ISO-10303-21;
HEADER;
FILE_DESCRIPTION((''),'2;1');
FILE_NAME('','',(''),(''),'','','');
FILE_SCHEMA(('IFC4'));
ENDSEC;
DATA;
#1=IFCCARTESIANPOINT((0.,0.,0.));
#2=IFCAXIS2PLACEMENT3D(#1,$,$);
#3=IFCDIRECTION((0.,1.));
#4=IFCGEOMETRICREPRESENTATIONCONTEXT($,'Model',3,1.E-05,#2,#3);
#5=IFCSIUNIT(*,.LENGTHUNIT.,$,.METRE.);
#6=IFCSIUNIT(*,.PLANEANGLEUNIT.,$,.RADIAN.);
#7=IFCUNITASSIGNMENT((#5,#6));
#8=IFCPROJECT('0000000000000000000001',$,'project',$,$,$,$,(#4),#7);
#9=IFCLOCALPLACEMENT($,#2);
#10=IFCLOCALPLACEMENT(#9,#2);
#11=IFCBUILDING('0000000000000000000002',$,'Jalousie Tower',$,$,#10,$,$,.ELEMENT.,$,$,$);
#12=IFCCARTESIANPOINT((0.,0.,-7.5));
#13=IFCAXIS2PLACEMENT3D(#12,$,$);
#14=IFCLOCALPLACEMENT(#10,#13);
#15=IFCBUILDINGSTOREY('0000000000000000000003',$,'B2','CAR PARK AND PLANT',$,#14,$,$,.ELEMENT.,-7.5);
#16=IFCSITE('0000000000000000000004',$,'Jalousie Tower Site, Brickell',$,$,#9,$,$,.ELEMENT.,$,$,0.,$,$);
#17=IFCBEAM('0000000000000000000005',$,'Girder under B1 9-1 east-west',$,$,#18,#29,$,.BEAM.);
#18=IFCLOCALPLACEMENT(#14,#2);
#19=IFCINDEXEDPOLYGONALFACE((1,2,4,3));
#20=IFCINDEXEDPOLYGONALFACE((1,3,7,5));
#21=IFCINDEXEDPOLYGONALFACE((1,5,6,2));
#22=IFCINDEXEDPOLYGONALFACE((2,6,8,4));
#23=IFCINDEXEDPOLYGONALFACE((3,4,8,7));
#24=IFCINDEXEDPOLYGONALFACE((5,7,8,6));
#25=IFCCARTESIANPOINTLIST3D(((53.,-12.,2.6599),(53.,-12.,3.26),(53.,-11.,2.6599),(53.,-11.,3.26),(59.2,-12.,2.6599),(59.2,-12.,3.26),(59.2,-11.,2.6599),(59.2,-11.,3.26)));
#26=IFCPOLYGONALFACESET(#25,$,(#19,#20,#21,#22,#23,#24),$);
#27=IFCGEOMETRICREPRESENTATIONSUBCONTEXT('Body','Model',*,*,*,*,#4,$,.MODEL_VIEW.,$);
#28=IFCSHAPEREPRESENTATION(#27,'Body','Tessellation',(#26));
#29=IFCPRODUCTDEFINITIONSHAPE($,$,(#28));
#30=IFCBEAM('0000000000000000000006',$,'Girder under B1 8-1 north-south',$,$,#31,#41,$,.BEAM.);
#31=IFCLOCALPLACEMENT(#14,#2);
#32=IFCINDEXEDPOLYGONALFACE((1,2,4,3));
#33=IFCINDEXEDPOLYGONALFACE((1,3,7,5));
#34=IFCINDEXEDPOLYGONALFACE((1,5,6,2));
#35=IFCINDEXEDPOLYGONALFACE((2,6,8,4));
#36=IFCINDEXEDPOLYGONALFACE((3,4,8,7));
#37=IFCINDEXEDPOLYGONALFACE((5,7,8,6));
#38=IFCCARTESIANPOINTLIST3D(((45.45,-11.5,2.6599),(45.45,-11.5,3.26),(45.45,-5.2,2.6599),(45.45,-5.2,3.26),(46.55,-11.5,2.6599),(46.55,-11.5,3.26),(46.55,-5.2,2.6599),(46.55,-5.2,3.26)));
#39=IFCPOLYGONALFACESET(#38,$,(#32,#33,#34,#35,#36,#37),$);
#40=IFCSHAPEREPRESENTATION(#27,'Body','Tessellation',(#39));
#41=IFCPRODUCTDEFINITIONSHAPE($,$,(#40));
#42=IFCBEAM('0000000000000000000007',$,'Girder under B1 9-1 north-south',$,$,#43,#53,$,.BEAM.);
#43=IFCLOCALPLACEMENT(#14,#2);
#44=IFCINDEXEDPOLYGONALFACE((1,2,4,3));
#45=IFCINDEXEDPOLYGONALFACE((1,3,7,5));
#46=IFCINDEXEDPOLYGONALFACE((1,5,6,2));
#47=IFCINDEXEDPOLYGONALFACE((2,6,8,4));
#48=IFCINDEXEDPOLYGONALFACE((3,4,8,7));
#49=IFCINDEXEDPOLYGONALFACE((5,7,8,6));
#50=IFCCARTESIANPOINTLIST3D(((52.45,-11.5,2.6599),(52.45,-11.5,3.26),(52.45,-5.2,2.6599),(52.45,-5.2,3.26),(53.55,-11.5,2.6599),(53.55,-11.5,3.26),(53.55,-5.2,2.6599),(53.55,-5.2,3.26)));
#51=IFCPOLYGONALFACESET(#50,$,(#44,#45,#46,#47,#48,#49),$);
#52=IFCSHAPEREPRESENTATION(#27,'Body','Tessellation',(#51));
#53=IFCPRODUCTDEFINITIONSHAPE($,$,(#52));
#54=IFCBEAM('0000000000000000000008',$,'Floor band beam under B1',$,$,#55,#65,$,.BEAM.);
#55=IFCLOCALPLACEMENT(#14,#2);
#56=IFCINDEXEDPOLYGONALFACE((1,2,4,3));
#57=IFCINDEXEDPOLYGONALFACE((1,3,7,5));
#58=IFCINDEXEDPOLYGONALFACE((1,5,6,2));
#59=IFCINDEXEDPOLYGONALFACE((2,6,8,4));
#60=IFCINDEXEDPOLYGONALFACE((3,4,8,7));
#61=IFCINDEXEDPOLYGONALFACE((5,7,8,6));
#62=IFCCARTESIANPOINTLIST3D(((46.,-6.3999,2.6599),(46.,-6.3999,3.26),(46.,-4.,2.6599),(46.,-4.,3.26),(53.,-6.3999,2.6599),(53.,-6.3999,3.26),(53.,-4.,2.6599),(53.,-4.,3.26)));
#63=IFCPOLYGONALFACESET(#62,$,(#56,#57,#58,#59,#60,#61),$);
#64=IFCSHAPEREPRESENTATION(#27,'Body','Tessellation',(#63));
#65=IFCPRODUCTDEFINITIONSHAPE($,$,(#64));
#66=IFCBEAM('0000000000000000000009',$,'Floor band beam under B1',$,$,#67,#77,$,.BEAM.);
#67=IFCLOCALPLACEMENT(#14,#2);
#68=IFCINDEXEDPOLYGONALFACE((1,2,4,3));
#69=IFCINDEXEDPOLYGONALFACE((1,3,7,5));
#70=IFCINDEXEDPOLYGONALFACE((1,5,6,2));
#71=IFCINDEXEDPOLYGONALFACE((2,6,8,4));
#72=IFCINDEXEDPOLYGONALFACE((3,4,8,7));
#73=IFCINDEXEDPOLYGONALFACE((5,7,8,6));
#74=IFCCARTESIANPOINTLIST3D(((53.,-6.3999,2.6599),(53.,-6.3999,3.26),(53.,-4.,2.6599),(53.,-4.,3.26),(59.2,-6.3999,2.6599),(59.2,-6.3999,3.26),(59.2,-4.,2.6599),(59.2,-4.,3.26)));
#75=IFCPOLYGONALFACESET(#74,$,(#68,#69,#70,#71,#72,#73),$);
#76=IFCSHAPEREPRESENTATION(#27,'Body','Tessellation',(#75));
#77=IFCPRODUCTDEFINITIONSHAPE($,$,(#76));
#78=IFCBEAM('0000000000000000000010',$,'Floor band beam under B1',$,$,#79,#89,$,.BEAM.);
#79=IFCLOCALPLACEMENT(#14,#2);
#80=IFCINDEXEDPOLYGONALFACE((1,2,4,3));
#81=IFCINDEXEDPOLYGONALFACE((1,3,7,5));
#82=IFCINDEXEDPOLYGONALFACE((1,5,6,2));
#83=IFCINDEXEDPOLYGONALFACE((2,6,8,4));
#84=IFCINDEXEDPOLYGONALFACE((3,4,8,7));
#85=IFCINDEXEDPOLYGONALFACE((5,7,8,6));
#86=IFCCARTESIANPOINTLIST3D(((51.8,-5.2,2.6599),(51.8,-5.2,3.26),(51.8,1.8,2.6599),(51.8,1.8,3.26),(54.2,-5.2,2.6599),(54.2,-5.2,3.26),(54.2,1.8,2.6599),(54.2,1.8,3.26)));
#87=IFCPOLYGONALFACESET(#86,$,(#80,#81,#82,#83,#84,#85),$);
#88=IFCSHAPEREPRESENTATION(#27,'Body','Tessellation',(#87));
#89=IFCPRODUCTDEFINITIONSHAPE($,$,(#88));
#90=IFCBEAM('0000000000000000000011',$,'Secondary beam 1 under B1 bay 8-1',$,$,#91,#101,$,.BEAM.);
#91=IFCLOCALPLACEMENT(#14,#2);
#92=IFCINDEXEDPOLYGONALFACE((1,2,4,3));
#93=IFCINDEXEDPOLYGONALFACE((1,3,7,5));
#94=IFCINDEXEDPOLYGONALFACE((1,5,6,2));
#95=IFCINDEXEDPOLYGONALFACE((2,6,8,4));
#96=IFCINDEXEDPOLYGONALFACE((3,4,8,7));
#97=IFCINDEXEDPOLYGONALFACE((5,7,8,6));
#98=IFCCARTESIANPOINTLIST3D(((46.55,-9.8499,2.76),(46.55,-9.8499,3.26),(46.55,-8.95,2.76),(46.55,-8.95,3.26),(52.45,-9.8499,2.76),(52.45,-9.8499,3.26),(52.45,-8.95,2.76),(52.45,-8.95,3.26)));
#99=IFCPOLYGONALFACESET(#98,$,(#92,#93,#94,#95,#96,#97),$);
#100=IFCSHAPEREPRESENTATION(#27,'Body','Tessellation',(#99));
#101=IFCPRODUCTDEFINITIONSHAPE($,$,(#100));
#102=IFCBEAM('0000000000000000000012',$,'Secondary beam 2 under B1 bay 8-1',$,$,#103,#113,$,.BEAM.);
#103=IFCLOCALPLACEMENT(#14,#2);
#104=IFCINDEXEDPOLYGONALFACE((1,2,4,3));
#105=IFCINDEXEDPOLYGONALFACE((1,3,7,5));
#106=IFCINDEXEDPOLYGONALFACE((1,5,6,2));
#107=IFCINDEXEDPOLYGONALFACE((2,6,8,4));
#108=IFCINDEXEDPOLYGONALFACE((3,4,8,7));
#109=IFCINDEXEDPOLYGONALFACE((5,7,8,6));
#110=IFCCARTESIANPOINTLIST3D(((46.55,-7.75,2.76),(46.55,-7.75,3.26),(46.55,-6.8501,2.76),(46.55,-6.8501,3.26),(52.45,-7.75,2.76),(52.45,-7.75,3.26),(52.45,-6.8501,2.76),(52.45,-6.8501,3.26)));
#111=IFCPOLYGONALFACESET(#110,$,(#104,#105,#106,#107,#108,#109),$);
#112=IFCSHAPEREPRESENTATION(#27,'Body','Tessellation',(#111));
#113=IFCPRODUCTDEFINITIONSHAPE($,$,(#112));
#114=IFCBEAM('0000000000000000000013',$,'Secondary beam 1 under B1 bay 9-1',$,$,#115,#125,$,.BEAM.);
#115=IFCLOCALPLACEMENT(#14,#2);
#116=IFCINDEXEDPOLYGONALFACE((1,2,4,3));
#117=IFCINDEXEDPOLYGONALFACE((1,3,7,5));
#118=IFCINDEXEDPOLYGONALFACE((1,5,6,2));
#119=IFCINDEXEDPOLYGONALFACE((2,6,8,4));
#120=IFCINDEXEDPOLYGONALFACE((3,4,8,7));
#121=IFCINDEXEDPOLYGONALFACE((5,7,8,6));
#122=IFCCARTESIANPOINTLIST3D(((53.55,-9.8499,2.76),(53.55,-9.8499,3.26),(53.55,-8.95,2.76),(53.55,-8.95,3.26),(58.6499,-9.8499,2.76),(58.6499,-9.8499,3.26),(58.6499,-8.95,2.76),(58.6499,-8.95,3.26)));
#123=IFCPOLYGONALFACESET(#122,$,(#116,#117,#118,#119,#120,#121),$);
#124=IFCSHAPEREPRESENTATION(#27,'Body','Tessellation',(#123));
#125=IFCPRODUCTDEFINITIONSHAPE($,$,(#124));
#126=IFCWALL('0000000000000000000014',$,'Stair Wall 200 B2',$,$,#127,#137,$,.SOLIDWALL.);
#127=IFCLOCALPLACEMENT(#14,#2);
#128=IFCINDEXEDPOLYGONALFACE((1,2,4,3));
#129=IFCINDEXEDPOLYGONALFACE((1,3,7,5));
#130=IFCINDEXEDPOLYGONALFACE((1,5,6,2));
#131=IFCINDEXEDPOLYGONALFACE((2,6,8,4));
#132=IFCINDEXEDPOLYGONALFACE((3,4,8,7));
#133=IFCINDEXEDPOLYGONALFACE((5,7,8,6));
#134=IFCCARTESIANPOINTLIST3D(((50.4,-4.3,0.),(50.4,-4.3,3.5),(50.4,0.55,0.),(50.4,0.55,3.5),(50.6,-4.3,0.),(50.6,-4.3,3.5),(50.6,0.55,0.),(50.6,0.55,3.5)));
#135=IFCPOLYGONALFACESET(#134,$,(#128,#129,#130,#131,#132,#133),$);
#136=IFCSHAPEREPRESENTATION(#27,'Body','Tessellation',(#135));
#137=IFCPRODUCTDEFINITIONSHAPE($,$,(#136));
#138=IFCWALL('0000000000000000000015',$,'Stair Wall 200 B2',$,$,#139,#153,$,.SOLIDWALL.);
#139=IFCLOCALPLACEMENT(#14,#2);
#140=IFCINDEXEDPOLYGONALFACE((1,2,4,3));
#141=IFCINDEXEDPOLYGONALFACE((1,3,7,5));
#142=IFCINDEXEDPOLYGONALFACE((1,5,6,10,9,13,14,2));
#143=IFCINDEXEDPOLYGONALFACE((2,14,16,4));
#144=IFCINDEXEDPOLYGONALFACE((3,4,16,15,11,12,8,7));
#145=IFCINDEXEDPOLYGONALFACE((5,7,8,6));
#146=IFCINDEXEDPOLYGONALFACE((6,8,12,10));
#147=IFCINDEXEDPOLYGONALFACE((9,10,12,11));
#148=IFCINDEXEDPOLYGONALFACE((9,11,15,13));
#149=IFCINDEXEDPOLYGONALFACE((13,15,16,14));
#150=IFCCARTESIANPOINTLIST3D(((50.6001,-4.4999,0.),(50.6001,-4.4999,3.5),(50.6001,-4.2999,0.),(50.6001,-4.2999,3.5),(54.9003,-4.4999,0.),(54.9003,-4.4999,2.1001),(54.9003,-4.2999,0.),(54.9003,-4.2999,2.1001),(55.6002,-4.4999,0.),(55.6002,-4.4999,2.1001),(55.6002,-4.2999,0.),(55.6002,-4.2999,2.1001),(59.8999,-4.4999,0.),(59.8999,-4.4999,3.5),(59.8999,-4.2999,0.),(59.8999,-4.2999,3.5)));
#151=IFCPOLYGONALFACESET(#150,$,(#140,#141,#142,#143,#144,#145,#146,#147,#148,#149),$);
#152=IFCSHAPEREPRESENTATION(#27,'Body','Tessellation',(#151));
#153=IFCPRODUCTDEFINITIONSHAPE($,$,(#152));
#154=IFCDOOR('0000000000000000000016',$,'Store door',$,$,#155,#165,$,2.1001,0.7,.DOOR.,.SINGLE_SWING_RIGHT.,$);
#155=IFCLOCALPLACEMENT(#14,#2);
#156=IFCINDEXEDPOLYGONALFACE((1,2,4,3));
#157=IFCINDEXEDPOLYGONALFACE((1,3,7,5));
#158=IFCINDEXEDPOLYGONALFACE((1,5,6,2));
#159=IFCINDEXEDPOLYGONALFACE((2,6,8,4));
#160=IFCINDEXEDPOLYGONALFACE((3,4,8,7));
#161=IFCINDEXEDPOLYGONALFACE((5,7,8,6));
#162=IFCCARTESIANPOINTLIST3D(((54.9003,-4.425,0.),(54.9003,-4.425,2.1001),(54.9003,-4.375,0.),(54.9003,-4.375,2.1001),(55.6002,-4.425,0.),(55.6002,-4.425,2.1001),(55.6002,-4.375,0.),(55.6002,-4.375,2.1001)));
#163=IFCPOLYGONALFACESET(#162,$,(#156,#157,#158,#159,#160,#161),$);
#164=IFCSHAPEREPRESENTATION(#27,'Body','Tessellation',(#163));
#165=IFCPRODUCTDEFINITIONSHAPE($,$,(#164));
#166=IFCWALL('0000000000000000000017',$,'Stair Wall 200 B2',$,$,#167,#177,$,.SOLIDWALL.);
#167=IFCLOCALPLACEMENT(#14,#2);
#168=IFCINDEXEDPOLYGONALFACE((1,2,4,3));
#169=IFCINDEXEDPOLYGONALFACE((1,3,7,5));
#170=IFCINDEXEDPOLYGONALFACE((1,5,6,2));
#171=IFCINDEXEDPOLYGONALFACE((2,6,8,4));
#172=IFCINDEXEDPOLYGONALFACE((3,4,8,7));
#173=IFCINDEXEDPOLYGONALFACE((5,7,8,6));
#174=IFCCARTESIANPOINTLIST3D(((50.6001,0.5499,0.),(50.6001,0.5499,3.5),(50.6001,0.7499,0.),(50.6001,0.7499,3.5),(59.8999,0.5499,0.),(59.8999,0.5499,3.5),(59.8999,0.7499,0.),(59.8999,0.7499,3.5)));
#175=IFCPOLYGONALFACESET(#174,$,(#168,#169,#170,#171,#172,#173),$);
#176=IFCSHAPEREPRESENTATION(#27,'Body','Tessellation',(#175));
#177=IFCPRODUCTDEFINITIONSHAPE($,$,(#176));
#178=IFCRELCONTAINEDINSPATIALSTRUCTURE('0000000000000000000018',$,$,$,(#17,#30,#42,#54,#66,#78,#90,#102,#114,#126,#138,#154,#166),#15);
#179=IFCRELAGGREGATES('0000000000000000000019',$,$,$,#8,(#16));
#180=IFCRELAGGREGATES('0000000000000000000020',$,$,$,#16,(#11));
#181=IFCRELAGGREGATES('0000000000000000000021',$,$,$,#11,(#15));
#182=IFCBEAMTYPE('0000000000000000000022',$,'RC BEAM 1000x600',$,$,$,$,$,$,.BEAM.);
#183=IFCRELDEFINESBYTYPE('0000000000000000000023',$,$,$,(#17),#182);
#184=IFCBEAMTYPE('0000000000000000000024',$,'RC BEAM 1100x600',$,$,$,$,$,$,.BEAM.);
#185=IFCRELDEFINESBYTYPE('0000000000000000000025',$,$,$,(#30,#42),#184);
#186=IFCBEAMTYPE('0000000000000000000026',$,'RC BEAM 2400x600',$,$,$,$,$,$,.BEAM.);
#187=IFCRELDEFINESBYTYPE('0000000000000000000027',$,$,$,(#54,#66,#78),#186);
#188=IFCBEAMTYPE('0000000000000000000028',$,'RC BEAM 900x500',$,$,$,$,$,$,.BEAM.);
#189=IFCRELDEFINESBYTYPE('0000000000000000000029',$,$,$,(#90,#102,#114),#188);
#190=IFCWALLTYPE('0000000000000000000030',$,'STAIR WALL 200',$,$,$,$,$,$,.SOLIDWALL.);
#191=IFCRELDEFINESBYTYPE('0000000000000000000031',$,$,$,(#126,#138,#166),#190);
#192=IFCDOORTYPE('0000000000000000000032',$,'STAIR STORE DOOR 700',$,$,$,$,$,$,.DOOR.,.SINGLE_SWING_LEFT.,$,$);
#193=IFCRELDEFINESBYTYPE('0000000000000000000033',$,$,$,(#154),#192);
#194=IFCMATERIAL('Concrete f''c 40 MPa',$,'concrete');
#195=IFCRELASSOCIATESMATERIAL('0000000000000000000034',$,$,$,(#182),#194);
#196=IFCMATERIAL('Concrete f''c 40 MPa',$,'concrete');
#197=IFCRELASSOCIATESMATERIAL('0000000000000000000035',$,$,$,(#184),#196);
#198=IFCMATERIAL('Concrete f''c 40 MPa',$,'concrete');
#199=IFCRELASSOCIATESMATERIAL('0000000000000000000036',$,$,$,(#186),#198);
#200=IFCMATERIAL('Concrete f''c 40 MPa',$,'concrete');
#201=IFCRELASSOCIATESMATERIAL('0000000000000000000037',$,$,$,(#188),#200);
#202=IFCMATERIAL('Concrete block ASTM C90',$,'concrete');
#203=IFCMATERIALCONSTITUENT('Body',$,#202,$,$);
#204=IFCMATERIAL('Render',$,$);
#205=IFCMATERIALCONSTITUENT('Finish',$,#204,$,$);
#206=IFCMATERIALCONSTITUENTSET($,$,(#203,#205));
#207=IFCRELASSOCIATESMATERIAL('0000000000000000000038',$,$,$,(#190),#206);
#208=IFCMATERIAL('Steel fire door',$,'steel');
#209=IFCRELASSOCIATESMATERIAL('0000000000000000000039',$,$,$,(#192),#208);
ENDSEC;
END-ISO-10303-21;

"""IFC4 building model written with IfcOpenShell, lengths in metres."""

from ifc_helpers import new_model, si_unit, direction, frame, frame_2d, origin, origin_2d, place, context, subcontext, project, spatial, rectangle, extrude, material, constituent, constituent_set, material_profile, profile_set, type_object, element, fill, save


model = new_model("IFC4")

# Units and contexts
model_context = context("Model", 3, precision=1e-05, world=origin(), true_north=direction((0.0, 1.0)))
body_context = subcontext(model_context, "Body", "Model", "MODEL_VIEW")
ifc_project = project(units=[si_unit("LENGTHUNIT", "METRE"), si_unit("PLANEANGLEUNIT", "RADIAN")], contexts=[model_context])

# Site, building, storey
site_placement = place(None, origin())
site = spatial("IfcSite", under=ifc_project, at=site_placement, Name="Jalousie Tower Site, Brickell", CompositionType="ELEMENT", RefElevation=0.0)
building_placement = place(site_placement, origin())
building = spatial("IfcBuilding", under=site, at=building_placement, Name="Jalousie Tower", CompositionType="ELEMENT")
storey_placement = place(building_placement, frame((0.0, 0.0, -7.5)))
storey = spatial("IfcBuildingStorey", under=building, at=storey_placement, Name="B2", Description="CAR PARK AND PLANT", CompositionType="ELEMENT", Elevation=-7.5)

# Beams
ifc_material_1 = material(Name="Concrete f'c 40 MPa", Category="concrete")
ifc_material_profile_1 = material_profile(ifc_material_1, rectangle(XDim=1.0, YDim=0.6001, at=origin_2d()), Name="RC 1000x600")
ifc_profile_set_1 = profile_set([ifc_material_profile_1], Name="Concrete f'c 40 MPa")
beam_type_1 = type_object("IfcBeamType", Name="RC BEAM 1000x600", PredefinedType="BEAM", material=ifc_profile_set_1)
beam_1_placement = place(storey_placement, frame((53.0, -11.5, 2.96), z_axis=(1.0, 0.0, 0.0), x_axis=(0.0, 1.0, 0.0)))
element("IfcBeam", 1, at=beam_1_placement, inside=storey, type_object=beam_type_1, Name="Girder under B1 9-1 east-west", PredefinedType="BEAM", context=body_context, shape_type="SweptSolid", body=[
    extrude(rectangle(XDim=1.0, YDim=0.6001, at=origin_2d()), origin(), (0.0, 0.0, 1.0), 6.2),
])
ifc_material_2 = material(Name="Concrete f'c 40 MPa", Category="concrete")
ifc_material_profile_2 = material_profile(ifc_material_2, rectangle(XDim=1.1001, YDim=0.6001, at=origin_2d()), Name="RC 1100x600")
ifc_profile_set_2 = profile_set([ifc_material_profile_2], Name="Concrete f'c 40 MPa")
beam_type_2 = type_object("IfcBeamType", Name="RC BEAM 1100x600", PredefinedType="BEAM", material=ifc_profile_set_2)
for number, where, z_axis, x_axis, name in (
    (2, (46.0, -11.5, 2.96), (0.0, 1.0, 0.0), (-1.0, 0.0, 0.0), "Girder under B1 8-1 north-south"),
    (3, (53.0, -11.5, 2.96), (0.0, 1.0, 0.0), (-1.0, 0.0, 0.0), "Girder under B1 9-1 north-south"),
):
    element("IfcBeam", number, at=place(storey_placement, frame(where, z_axis=z_axis, x_axis=x_axis)), inside=storey, type_object=beam_type_2, Name=name, PredefinedType="BEAM", context=body_context, shape_type="SweptSolid", body=[
        extrude(rectangle(XDim=1.1001, YDim=0.6001, at=origin_2d()), origin(), (0.0, 0.0, 1.0), 6.3),
    ])
ifc_material_3 = material(Name="Concrete f'c 40 MPa", Category="concrete")
ifc_material_profile_3 = material_profile(ifc_material_3, rectangle(XDim=2.3999, YDim=0.6001, at=origin_2d()), Name="RC 2400x600")
ifc_profile_set_3 = profile_set([ifc_material_profile_3], Name="Concrete f'c 40 MPa")
beam_type_3 = type_object("IfcBeamType", Name="RC BEAM 2400x600", PredefinedType="BEAM", material=ifc_profile_set_3)
beam_2_placement = place(storey_placement, frame((46.0, -5.2, 2.96), z_axis=(1.0, 0.0, 0.0), x_axis=(0.0, 1.0, 0.0)))
element("IfcBeam", 4, at=beam_2_placement, inside=storey, type_object=beam_type_3, Name="Floor band beam under B1", PredefinedType="BEAM", context=body_context, shape_type="SweptSolid", body=[
    extrude(rectangle(XDim=2.3999, YDim=0.6001, at=origin_2d()), origin(), (0.0, 0.0, 1.0), 7.0),
])
beam_3_placement = place(storey_placement, frame((53.0, -5.2, 2.96), z_axis=(1.0, 0.0, 0.0), x_axis=(0.0, 1.0, 0.0)))
element("IfcBeam", 5, at=beam_3_placement, inside=storey, type_object=beam_type_3, Name="Floor band beam under B1", PredefinedType="BEAM", context=body_context, shape_type="SweptSolid", body=[
    extrude(rectangle(XDim=2.3999, YDim=0.6001, at=origin_2d()), origin(), (0.0, 0.0, 1.0), 6.2),
])
beam_4_placement = place(storey_placement, frame((53.0, -5.2, 2.96), z_axis=(0.0, 1.0, 0.0), x_axis=(-1.0, 0.0, 0.0)))
element("IfcBeam", 6, at=beam_4_placement, inside=storey, type_object=beam_type_3, Name="Floor band beam under B1", PredefinedType="BEAM", context=body_context, shape_type="SweptSolid", body=[
    extrude(rectangle(XDim=2.3999, YDim=0.6001, at=origin_2d()), origin(), (0.0, 0.0, 1.0), 7.0),
])
ifc_material_4 = material(Name="Concrete f'c 40 MPa", Category="concrete")
ifc_material_profile_4 = material_profile(ifc_material_4, rectangle(XDim=0.8999, YDim=0.5, at=origin_2d()), Name="RC 900x500")
ifc_profile_set_4 = profile_set([ifc_material_profile_4], Name="Concrete f'c 40 MPa")
beam_type_4 = type_object("IfcBeamType", Name="RC BEAM 900x500", PredefinedType="BEAM", material=ifc_profile_set_4)
for number, where, z_axis, x_axis, name in (
    (7, (46.55, -9.3999, 3.01), (1.0, 0.0, 0.0), (0.0, 1.0, 0.0), "Secondary beam 1 under B1 bay 8-1"),
    (8, (46.55, -7.3, 3.01), (1.0, 0.0, 0.0), (0.0, 1.0, 0.0), "Secondary beam 2 under B1 bay 8-1"),
):
    element("IfcBeam", number, at=place(storey_placement, frame(where, z_axis=z_axis, x_axis=x_axis)), inside=storey, type_object=beam_type_4, Name=name, PredefinedType="BEAM", context=body_context, shape_type="SweptSolid", body=[
        extrude(rectangle(XDim=0.8999, YDim=0.5, at=origin_2d()), origin(), (0.0, 0.0, 1.0), 5.8999),
    ])
beam_5_placement = place(storey_placement, frame((53.55, -9.3999, 3.01), z_axis=(1.0, 0.0, 0.0), x_axis=(0.0, 1.0, 0.0)))
element("IfcBeam", 9, at=beam_5_placement, inside=storey, type_object=beam_type_4, Name="Secondary beam 1 under B1 bay 9-1", PredefinedType="BEAM", context=body_context, shape_type="SweptSolid", body=[
    extrude(rectangle(XDim=0.8999, YDim=0.5, at=origin_2d()), origin(), (0.0, 0.0, 1.0), 5.0999),
])

# Wall
ifc_material_5 = material(Name="Concrete block ASTM C90", Category="concrete")
ifc_constituent_1 = constituent(ifc_material_5, Name="Body")
ifc_material_6 = material(Name="Render")
ifc_constituent_2 = constituent(ifc_material_6, Name="Finish")
ifc_constituent_set = constituent_set(constituents=[ifc_constituent_1, ifc_constituent_2])
wall_type = type_object("IfcWallType", Name="STAIR WALL 200", PredefinedType="SOLIDWALL", material=ifc_constituent_set)
wall_1_placement = place(storey_placement, frame((50.5, -4.3, 0.0), z_axis=(0.0, 0.0, 1.0), x_axis=(0.0, 1.0, 0.0)))
element("IfcWall", 10, at=wall_1_placement, inside=storey, type_object=wall_type, Name="Stair Wall 200 B2", PredefinedType="SOLIDWALL", context=body_context, shape_type="SweptSolid", body=[
    extrude(rectangle(XDim=4.8501, YDim=0.2, at=frame_2d((2.425, 0.0))), origin(), (0.0, 0.0, 1.0), 3.5),
])

# Wall, opening, door
wall_2_placement = place(storey_placement, frame((50.6001, -4.3999, 0.0), z_axis=(0.0, 0.0, 1.0), x_axis=(1.0, 0.0, 0.0)))
wall_2 = element("IfcWall", 11, at=wall_2_placement, inside=storey, type_object=wall_type, Name="Stair Wall 200 B2", PredefinedType="SOLIDWALL", context=body_context, shape_type="SweptSolid", body=[
    extrude(rectangle(XDim=9.2998, YDim=0.2, at=frame_2d((4.6499, 0.0))), origin(), (0.0, 0.0, 1.0), 3.5),
])
opening_placement = place(wall_2_placement, frame((4.3, 0.0, 0.0)))
opening = element("IfcOpeningElement", 12, at=opening_placement, cuts=wall_2, PredefinedType="OPENING", context=body_context, shape_type="SweptSolid", body=[
    extrude(rectangle(XDim=0.7, YDim=2.1001, at=frame_2d((0.3501, 1.05))), frame((0.0, 0.1099, 0.0), z_axis=(0.0, -1.0, 0.0), x_axis=(1.0, 0.0, 0.0)), (0.0, 0.0, 1.0), 0.22),
])
ifc_material_7 = material(Name="Steel fire door", Category="steel")
door_type = type_object("IfcDoorType", Name="STAIR STORE DOOR 700", OperationType="SINGLE_SWING_LEFT", PredefinedType="DOOR", material=ifc_material_7)
door_placement = place(opening_placement, origin())
door = element("IfcDoor", 13, at=door_placement, inside=storey, type_object=door_type, Name="Store door", OperationType="SINGLE_SWING_RIGHT", OverallHeight=2.1001, OverallWidth=0.7, PredefinedType="DOOR", context=body_context, shape_type="SweptSolid", body=[
    extrude(rectangle(XDim=0.7, YDim=2.1001, at=frame_2d((0.3501, 1.05))), frame((0.0, 0.0249, 0.0), z_axis=(0.0, -1.0, 0.0), x_axis=(1.0, 0.0, 0.0)), (0.0, 0.0, 1.0), 0.05),
])
fill(opening, door)

# Wall
wall_3_placement = place(storey_placement, frame((50.6001, 0.6499, 0.0), z_axis=(0.0, 0.0, 1.0), x_axis=(1.0, 0.0, 0.0)))
element("IfcWall", 14, at=wall_3_placement, inside=storey, type_object=wall_type, Name="Stair Wall 200 B2", PredefinedType="SOLIDWALL", context=body_context, shape_type="SweptSolid", body=[
    extrude(rectangle(XDim=9.2998, YDim=0.2, at=frame_2d((4.6499, 0.0))), origin(), (0.0, 0.0, 1.0), 3.5),
])

save(model, "model.ifc")
